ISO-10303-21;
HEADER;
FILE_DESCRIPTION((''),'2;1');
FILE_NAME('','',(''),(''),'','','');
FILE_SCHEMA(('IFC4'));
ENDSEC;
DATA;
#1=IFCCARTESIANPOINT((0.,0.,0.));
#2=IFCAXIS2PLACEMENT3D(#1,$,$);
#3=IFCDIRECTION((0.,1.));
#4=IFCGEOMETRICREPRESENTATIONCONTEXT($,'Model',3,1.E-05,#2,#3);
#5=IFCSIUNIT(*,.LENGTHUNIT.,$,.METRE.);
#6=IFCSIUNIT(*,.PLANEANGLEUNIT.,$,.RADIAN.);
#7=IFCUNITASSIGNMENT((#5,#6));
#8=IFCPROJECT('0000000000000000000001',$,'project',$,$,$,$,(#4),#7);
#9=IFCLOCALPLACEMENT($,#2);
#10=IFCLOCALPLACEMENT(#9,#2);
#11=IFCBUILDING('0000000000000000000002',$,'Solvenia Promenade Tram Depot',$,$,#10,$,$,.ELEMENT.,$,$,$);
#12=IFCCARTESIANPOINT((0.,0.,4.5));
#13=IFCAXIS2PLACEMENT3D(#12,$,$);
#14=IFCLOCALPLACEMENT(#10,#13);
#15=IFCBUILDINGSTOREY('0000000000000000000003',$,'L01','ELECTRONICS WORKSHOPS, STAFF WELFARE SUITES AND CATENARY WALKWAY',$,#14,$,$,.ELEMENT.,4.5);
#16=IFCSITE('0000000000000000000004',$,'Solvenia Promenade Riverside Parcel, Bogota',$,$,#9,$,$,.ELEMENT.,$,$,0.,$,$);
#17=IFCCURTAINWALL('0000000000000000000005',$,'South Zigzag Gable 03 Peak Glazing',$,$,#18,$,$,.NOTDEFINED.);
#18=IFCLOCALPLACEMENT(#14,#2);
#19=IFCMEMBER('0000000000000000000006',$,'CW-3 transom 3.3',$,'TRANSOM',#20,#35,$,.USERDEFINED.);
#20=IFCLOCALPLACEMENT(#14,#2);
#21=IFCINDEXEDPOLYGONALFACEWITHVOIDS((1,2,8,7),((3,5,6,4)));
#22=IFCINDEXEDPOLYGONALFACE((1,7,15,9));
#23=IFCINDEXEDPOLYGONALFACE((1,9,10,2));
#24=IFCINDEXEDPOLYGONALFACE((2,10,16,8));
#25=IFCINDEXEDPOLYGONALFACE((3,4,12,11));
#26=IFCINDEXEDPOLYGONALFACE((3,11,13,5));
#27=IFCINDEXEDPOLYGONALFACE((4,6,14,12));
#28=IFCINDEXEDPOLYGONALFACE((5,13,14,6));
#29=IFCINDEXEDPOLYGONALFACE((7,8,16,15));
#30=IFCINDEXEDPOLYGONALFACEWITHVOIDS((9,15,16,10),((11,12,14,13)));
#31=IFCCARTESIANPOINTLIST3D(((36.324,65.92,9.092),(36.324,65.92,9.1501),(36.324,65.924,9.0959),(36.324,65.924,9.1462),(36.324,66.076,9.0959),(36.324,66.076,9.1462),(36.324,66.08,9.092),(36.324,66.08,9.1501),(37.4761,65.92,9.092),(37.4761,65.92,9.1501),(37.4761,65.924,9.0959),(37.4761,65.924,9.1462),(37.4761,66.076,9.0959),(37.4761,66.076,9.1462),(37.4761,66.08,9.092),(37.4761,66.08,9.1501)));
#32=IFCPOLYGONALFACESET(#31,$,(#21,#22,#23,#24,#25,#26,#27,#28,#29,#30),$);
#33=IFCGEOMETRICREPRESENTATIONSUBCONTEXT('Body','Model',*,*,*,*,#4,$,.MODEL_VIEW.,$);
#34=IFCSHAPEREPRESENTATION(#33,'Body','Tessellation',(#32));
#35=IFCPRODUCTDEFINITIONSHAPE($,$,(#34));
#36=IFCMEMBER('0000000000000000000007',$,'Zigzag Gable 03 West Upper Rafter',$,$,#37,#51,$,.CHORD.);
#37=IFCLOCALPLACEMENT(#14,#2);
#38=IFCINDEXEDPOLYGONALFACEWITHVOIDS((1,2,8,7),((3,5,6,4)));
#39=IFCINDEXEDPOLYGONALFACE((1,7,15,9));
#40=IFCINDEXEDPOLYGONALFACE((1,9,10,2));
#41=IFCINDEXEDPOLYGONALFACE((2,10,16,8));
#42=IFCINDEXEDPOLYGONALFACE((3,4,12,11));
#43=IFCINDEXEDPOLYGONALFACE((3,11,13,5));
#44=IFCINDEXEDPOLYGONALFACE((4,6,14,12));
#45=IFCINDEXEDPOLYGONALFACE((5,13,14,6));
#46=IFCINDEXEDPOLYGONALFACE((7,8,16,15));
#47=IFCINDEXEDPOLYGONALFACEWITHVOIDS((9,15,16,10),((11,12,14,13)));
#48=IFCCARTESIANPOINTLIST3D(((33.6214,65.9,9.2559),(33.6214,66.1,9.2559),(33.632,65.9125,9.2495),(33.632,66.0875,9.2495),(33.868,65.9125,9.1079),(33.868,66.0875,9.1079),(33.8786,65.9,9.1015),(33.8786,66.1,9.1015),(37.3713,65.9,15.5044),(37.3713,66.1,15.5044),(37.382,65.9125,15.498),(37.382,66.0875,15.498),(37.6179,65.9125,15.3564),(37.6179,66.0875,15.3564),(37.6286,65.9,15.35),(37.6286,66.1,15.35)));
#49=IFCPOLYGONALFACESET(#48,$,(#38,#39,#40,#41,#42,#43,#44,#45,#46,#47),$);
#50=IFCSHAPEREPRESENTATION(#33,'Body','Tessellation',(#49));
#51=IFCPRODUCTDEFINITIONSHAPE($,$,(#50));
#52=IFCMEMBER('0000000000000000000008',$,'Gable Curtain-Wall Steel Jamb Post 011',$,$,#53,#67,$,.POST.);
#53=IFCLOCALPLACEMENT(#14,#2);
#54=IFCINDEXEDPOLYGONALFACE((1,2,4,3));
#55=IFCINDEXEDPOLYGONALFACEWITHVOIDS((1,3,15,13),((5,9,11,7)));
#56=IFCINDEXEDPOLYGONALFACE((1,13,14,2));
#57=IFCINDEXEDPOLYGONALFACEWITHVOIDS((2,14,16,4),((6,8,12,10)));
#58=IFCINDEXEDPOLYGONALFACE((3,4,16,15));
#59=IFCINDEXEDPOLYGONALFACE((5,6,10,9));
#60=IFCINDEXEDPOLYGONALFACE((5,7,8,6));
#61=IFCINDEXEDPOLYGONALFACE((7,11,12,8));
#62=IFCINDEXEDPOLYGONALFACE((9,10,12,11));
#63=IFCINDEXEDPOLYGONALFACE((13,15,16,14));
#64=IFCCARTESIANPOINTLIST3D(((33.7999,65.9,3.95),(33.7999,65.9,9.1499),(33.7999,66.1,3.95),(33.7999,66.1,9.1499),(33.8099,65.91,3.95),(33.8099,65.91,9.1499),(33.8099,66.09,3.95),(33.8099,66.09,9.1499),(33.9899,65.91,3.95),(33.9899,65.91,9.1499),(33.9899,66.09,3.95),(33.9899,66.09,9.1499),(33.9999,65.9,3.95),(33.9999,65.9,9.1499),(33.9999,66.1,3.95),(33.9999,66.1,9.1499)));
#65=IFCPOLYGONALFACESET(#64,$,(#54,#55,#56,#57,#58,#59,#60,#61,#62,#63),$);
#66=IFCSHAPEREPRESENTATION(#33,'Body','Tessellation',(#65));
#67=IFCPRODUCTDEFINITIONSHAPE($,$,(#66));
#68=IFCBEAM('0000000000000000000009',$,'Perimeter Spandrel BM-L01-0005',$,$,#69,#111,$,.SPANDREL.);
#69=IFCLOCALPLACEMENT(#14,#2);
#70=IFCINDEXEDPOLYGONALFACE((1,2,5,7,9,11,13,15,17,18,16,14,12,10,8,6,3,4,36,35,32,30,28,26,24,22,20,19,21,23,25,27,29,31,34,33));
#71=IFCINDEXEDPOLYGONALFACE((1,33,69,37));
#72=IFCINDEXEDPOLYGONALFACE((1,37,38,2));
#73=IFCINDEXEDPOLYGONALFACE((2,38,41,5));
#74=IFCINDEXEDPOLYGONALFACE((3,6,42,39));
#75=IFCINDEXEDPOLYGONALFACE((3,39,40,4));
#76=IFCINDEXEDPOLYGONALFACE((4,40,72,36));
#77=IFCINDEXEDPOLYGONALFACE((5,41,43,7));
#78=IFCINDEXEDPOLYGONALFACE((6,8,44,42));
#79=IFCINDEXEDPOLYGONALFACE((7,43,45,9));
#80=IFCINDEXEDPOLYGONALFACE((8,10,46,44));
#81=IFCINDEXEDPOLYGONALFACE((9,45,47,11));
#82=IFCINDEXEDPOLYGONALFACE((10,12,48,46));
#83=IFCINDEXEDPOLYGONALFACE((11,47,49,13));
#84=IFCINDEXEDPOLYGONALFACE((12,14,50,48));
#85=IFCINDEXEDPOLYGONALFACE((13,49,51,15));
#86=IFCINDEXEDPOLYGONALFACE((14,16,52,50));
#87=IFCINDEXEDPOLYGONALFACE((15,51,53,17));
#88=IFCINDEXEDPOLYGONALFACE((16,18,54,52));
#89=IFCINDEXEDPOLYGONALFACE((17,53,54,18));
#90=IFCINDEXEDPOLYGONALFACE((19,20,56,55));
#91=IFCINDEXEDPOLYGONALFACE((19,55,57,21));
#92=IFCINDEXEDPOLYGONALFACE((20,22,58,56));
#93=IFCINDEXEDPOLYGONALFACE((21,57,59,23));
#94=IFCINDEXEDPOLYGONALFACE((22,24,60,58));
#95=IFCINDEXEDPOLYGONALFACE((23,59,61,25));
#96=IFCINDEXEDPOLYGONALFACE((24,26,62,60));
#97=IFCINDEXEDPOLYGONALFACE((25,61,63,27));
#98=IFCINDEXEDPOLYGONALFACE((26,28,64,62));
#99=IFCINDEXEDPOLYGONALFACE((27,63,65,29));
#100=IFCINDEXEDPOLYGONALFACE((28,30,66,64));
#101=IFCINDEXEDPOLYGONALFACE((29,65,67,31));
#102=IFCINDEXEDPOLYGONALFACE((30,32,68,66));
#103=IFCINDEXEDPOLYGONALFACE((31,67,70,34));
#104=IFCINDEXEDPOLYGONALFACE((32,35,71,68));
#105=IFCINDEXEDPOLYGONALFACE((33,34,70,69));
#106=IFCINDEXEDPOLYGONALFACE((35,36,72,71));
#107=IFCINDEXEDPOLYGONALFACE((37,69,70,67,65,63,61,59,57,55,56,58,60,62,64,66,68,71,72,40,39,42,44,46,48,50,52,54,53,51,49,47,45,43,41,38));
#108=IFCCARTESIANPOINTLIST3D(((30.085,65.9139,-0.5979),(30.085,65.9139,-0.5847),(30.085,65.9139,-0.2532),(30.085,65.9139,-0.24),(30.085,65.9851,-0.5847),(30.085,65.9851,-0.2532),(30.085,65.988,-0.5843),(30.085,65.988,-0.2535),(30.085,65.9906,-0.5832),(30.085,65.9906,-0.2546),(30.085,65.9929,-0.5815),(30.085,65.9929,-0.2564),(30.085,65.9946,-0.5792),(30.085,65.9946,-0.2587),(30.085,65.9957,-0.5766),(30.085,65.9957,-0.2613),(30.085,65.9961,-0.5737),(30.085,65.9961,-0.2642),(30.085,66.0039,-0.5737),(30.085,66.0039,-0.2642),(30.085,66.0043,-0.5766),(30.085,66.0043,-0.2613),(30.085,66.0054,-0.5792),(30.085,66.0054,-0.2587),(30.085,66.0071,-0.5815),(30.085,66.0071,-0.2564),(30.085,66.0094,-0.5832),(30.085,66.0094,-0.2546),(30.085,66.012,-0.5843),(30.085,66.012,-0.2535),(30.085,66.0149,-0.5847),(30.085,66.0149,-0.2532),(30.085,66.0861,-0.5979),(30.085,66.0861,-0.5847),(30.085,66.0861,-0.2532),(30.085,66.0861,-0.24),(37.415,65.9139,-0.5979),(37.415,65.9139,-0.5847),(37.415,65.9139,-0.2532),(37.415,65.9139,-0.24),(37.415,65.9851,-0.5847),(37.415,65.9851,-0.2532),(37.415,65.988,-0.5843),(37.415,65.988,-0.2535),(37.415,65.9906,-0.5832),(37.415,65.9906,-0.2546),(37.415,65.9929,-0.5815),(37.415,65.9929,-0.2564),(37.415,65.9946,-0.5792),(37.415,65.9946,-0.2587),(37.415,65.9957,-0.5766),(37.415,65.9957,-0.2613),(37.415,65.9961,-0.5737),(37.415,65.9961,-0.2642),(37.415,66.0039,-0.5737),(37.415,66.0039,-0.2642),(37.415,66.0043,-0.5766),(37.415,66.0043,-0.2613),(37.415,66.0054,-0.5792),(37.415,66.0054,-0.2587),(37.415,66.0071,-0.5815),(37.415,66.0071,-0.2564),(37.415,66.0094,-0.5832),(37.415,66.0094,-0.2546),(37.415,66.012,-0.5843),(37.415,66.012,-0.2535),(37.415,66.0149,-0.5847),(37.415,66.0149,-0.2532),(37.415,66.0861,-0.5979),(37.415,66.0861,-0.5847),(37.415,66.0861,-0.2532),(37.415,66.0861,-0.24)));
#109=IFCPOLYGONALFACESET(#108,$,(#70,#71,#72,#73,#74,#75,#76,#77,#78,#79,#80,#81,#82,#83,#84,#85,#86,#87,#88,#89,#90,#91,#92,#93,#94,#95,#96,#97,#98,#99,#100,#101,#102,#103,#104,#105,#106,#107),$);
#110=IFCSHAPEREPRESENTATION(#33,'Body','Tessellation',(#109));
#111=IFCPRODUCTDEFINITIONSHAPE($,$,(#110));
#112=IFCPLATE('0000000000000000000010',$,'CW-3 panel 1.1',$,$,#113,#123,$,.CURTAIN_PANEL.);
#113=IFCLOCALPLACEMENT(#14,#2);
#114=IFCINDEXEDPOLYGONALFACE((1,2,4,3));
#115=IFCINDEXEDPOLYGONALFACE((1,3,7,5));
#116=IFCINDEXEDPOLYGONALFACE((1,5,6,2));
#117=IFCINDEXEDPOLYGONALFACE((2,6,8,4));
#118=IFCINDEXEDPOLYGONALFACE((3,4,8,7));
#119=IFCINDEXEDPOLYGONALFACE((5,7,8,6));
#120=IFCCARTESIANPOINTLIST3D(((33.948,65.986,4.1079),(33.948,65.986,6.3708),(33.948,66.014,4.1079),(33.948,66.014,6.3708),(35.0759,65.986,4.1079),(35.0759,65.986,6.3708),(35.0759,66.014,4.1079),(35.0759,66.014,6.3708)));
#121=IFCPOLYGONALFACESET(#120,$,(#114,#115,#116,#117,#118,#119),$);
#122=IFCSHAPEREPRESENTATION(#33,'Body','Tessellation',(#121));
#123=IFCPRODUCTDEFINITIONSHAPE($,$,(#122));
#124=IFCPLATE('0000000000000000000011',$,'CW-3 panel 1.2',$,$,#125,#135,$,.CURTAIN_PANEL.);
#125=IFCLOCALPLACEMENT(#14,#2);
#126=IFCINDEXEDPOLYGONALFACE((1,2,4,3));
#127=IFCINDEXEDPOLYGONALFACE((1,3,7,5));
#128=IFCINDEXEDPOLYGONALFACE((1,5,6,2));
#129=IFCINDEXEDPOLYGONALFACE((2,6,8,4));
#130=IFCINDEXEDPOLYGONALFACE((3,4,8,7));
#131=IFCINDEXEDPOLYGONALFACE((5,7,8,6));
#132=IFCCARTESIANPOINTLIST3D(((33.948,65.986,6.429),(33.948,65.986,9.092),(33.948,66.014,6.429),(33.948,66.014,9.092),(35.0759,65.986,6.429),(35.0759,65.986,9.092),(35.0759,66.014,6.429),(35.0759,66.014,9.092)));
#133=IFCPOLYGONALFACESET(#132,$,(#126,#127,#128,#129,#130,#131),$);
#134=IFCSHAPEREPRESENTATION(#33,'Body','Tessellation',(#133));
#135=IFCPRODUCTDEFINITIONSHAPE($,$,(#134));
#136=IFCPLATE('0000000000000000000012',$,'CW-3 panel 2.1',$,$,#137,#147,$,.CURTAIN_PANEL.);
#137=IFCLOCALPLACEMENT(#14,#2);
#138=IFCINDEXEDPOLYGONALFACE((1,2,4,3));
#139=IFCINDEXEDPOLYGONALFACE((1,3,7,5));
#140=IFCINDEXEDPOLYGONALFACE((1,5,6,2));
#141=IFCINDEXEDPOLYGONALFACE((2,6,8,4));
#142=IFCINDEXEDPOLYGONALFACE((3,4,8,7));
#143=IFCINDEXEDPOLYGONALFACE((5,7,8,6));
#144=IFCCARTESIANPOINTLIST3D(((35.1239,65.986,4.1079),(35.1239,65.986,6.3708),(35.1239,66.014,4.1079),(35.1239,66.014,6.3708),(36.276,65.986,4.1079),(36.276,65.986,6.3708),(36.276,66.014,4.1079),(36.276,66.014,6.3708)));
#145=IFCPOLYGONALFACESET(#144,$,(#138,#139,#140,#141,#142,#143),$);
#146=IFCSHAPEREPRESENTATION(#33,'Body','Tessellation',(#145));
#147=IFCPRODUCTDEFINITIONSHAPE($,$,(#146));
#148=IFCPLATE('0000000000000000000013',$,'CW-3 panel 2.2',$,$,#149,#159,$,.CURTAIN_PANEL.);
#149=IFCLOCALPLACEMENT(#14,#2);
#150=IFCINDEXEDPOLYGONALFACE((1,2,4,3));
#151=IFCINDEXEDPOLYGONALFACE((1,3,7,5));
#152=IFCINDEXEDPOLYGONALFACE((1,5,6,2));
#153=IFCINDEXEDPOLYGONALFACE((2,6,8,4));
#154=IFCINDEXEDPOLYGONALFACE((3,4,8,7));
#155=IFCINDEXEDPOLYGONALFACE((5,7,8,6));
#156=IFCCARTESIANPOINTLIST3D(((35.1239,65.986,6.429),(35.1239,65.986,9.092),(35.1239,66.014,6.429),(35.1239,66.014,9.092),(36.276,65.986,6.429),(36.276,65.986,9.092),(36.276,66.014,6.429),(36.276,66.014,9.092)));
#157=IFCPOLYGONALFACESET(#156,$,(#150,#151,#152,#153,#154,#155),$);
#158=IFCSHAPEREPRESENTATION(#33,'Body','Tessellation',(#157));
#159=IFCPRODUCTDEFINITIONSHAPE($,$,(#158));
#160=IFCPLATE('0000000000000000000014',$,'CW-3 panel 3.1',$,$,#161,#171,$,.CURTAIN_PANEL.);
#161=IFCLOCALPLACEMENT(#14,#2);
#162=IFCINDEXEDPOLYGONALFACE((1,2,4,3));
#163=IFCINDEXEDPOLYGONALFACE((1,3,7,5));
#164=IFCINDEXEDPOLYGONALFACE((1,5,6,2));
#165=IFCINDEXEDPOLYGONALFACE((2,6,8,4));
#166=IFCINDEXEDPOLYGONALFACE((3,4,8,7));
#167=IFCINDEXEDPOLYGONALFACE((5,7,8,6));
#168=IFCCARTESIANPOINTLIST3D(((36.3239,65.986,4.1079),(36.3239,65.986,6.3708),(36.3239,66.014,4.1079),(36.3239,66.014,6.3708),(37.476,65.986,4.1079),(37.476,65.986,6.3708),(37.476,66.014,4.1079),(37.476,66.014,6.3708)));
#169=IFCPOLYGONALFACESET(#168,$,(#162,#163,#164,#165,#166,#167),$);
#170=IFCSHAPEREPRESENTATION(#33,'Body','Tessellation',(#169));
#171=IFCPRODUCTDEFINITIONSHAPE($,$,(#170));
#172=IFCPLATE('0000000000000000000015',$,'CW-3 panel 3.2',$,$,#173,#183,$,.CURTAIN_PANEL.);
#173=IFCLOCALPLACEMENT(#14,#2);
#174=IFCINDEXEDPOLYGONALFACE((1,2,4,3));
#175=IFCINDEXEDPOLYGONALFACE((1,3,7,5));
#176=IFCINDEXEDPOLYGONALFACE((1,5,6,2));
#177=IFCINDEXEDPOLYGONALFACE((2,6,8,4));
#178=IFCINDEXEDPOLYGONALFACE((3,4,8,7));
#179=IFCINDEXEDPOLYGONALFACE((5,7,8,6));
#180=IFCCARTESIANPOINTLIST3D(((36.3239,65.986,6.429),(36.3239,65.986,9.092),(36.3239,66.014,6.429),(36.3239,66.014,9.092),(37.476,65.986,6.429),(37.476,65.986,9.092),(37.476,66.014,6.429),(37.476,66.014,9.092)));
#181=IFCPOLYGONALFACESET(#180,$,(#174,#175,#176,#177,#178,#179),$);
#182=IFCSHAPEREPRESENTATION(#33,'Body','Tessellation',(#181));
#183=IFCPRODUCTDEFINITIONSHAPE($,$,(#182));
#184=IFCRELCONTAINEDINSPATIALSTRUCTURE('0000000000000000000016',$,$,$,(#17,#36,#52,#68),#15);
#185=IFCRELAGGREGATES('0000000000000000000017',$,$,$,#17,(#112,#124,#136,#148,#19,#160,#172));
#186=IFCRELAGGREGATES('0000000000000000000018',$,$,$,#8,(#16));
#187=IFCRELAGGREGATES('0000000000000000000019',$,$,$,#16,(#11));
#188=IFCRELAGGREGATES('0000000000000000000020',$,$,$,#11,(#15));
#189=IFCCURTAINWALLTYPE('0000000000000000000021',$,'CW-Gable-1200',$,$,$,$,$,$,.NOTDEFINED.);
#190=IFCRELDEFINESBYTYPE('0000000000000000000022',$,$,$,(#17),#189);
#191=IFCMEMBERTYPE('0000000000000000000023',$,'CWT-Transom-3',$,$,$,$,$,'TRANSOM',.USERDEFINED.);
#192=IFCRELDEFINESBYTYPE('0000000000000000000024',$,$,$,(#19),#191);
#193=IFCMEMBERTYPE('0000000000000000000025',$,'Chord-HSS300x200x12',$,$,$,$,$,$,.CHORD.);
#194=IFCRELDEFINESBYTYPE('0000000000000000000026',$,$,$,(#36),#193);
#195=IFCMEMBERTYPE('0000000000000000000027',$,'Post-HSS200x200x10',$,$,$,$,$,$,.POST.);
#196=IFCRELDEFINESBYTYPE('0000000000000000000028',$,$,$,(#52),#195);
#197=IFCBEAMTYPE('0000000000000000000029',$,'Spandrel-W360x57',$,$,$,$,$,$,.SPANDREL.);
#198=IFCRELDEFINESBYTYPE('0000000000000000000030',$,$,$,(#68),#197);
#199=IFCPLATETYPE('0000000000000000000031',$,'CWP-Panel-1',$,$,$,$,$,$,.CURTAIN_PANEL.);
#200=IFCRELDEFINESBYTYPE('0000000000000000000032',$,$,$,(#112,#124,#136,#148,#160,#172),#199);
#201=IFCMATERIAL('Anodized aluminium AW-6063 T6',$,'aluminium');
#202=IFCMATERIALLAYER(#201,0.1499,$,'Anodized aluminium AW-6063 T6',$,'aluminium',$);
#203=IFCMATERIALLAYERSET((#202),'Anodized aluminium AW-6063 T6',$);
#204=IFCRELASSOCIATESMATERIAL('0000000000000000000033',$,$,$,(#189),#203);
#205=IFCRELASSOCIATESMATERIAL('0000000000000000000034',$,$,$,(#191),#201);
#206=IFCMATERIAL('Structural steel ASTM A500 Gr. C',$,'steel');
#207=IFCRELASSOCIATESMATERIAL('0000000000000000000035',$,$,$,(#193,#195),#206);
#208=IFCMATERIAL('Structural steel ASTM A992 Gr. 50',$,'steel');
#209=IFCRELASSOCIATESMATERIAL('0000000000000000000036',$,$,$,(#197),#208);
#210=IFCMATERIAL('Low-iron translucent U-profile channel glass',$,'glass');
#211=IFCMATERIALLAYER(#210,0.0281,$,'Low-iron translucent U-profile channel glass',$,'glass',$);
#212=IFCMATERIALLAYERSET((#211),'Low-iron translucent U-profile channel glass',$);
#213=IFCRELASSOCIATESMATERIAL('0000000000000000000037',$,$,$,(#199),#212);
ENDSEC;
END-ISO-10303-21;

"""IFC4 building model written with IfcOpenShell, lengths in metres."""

from ifc_helpers import new_model, si_unit, direction, frame, origin, origin_2d, place, context, subcontext, project, spatial, rectangle, hollow_rectangle, i_section, extrude, material, layer, layer_set, material_profile, profile_set, type_object, element, aggregate, save


model = new_model("IFC4")

# Units and contexts
model_context = context("Model", 3, precision=1e-05, world=origin(), true_north=direction((0.0, 1.0)))
body_context = subcontext(model_context, "Body", "Model", "MODEL_VIEW")
ifc_project = project(units=[si_unit("LENGTHUNIT", "METRE"), si_unit("PLANEANGLEUNIT", "RADIAN")], contexts=[model_context])

# Site, building, storey
site_placement = place(None, origin())
site = spatial("IfcSite", under=ifc_project, at=site_placement, Name="Solvenia Promenade Riverside Parcel, Bogota", CompositionType="ELEMENT", RefElevation=0.0)
building_placement = place(site_placement, origin())
building = spatial("IfcBuilding", under=site, at=building_placement, Name="Solvenia Promenade Tram Depot", CompositionType="ELEMENT")
storey_placement = place(building_placement, frame((0.0, 0.0, 4.5)))
storey = spatial("IfcBuildingStorey", under=building, at=storey_placement, Name="L01", Description="ELECTRONICS WORKSHOPS, STAFF WELFARE SUITES AND CATENARY WALKWAY", CompositionType="ELEMENT", Elevation=4.5)

# Curtain wall, member
ifc_material_1 = material(Name="Anodized aluminium AW-6063 T6", Category="aluminium")
ifc_layer_1 = layer(ifc_material_1, 0.1499, Name="Anodized aluminium AW-6063 T6", Category="aluminium")
ifc_layer_set_1 = layer_set([ifc_layer_1], Name="Anodized aluminium AW-6063 T6")
curtain_wall_type = type_object("IfcCurtainWallType", Name="CW-Gable-1200", PredefinedType="NOTDEFINED", material=ifc_layer_set_1)
curtain_wall_placement = place(storey_placement, origin())
curtain_wall = element("IfcCurtainWall", 1, at=curtain_wall_placement, inside=storey, type_object=curtain_wall_type, Name="South Zigzag Gable 03 Peak Glazing", PredefinedType="NOTDEFINED")
ifc_material_profile_1 = material_profile(ifc_material_1, hollow_rectangle(XDim=0.1599, YDim=0.0581, WallThickness=0.0039, at=origin_2d()), Name="ALU-T3", Category="aluminium")
ifc_profile_set_1 = profile_set([ifc_material_profile_1], Name="Anodized aluminium AW-6063 T6")
member_type_1 = type_object("IfcMemberType", Name="CWT-Transom-3", ElementType="TRANSOM", PredefinedType="USERDEFINED", material=ifc_profile_set_1)
member_1_placement = place(storey_placement, frame((36.324, 66.0, 9.1211), z_axis=(1.0, 0.0, 0.0), x_axis=(0.0, 1.0, 0.0)))
member_1 = element("IfcMember", 2, at=member_1_placement, type_object=member_type_1, Name="CW-3 transom 3.3", ObjectType="TRANSOM", PredefinedType="USERDEFINED", context=body_context, shape_type="SweptSolid", body=[
    extrude(hollow_rectangle(XDim=0.1599, YDim=0.0581, WallThickness=0.0039, at=origin_2d()), origin(), (0.0, 0.0, 1.0), 1.1521),
])

# Members
ifc_material_2 = material(Name="Structural steel ASTM A500 Gr. C", Category="steel")
ifc_material_profile_2 = material_profile(ifc_material_2, hollow_rectangle(XDim=0.2, YDim=0.3, WallThickness=0.0125, at=origin_2d()), Name="HSS300x200x12.5", Category="steel")
ifc_profile_set_2 = profile_set([ifc_material_profile_2], Name="Structural steel ASTM A500 Gr. C")
member_type_2 = type_object("IfcMemberType", Name="Chord-HSS300x200x12", PredefinedType="CHORD", material=ifc_profile_set_2)
member_2_placement = place(storey_placement, frame((33.75, 66.0, 9.1787), z_axis=(0.514584, 0.0, 0.85744), x_axis=(0.0, 1.0, 0.0)))
element("IfcMember", 3, at=member_2_placement, inside=storey, type_object=member_type_2, Name="Zigzag Gable 03 West Upper Rafter", PredefinedType="CHORD", context=body_context, shape_type="SweptSolid", body=[
    extrude(hollow_rectangle(XDim=0.2, YDim=0.3, WallThickness=0.0125, at=origin_2d()), origin(), (0.0, 0.0, 1.0), 7.2874),
])
ifc_material_profile_3 = material_profile(ifc_material_2, hollow_rectangle(XDim=0.2, YDim=0.2, WallThickness=0.01, at=origin_2d()), Name="HSS200x200x10", Category="steel")
ifc_profile_set_3 = profile_set([ifc_material_profile_3], Name="Structural steel ASTM A500 Gr. C")
member_type_3 = type_object("IfcMemberType", Name="Post-HSS200x200x10", PredefinedType="POST", material=ifc_profile_set_3)
member_3_placement = place(storey_placement, frame((33.8999, 66.0, 3.95), z_axis=(0.0, 0.0, 1.0), x_axis=(1.0, 0.0, 0.0)))
element("IfcMember", 4, at=member_3_placement, inside=storey, type_object=member_type_3, Name="Gable Curtain-Wall Steel Jamb Post 011", PredefinedType="POST", context=body_context, shape_type="SweptSolid", body=[
    extrude(hollow_rectangle(XDim=0.2, YDim=0.2, WallThickness=0.01, at=origin_2d()), origin(), (0.0, 0.0, 1.0), 5.2),
])

# Beam
ifc_material_3 = material(Name="Structural steel ASTM A992 Gr. 50", Category="steel")
ifc_material_profile_4 = material_profile(ifc_material_3, i_section(OverallWidth=0.1721, OverallDepth=0.3579, WebThickness=0.0078, FlangeThickness=0.0132, FilletRadius=0.011, at=origin_2d()), Name="W360x57", Category="steel")
ifc_profile_set_4 = profile_set([ifc_material_profile_4], Name="Structural steel ASTM A992 Gr. 50")
beam_type = type_object("IfcBeamType", Name="Spandrel-W360x57", PredefinedType="SPANDREL", material=ifc_profile_set_4)
beam_placement = place(storey_placement, frame((30.085, 66.0, -0.4189), z_axis=(1.0, 0.0, 0.0), x_axis=(0.0, 1.0, 0.0)))
element("IfcBeam", 5, at=beam_placement, inside=storey, type_object=beam_type, Name="Perimeter Spandrel BM-L01-0005", PredefinedType="SPANDREL", context=body_context, shape_type="SweptSolid", body=[
    extrude(i_section(OverallWidth=0.1721, OverallDepth=0.3579, WebThickness=0.0078, FlangeThickness=0.0132, FilletRadius=0.011, at=origin_2d()), origin(), (0.0, 0.0, 1.0), 7.3301),
])

# Plates
ifc_material_4 = material(Name="Low-iron translucent U-profile channel glass", Category="glass")
ifc_layer_2 = layer(ifc_material_4, 0.0281, Name="Low-iron translucent U-profile channel glass", Category="glass")
ifc_layer_set_2 = layer_set([ifc_layer_2], Name="Low-iron translucent U-profile channel glass")
plate_type_1 = type_object("IfcPlateType", Name="CWP-Panel-1", PredefinedType="CURTAIN_PANEL", material=ifc_layer_set_2)
plate_1_placement = place(storey_placement, frame((34.512, 66.0, 4.1079), z_axis=(0.0, 0.0, 1.0), x_axis=(1.0, 0.0, 0.0)))
plate_1 = element("IfcPlate", 6, at=plate_1_placement, type_object=plate_type_1, Name="CW-3 panel 1.1", PredefinedType="CURTAIN_PANEL", context=body_context, shape_type="SweptSolid", body=[
    extrude(rectangle(XDim=1.1279, YDim=0.0281, at=origin_2d()), origin(), (0.0, 0.0, 1.0), 2.2629),
])
plate_2_placement = place(storey_placement, frame((34.512, 66.0, 6.429), z_axis=(0.0, 0.0, 1.0), x_axis=(1.0, 0.0, 0.0)))
plate_2 = element("IfcPlate", 7, at=plate_2_placement, type_object=plate_type_1, Name="CW-3 panel 1.2", PredefinedType="CURTAIN_PANEL", context=body_context, shape_type="SweptSolid", body=[
    extrude(rectangle(XDim=1.1279, YDim=0.0281, at=origin_2d()), origin(), (0.0, 0.0, 1.0), 2.6631),
])
plate_3_placement = place(storey_placement, frame((35.7, 66.0, 4.1079), z_axis=(0.0, 0.0, 1.0), x_axis=(1.0, 0.0, 0.0)))
plate_3 = element("IfcPlate", 8, at=plate_3_placement, type_object=plate_type_1, Name="CW-3 panel 2.1", PredefinedType="CURTAIN_PANEL", context=body_context, shape_type="SweptSolid", body=[
    extrude(rectangle(XDim=1.1521, YDim=0.0281, at=origin_2d()), origin(), (0.0, 0.0, 1.0), 2.2629),
])
plate_4_placement = place(storey_placement, frame((35.7, 66.0, 6.429), z_axis=(0.0, 0.0, 1.0), x_axis=(1.0, 0.0, 0.0)))
plate_4 = element("IfcPlate", 9, at=plate_4_placement, type_object=plate_type_1, Name="CW-3 panel 2.2", PredefinedType="CURTAIN_PANEL", context=body_context, shape_type="SweptSolid", body=[
    extrude(rectangle(XDim=1.1521, YDim=0.0281, at=origin_2d()), origin(), (0.0, 0.0, 1.0), 2.6631),
])
plate_5_placement = place(storey_placement, frame((36.8999, 66.0, 4.1079), z_axis=(0.0, 0.0, 1.0), x_axis=(1.0, 0.0, 0.0)))
plate_5 = element("IfcPlate", 10, at=plate_5_placement, type_object=plate_type_1, Name="CW-3 panel 3.1", PredefinedType="CURTAIN_PANEL", context=body_context, shape_type="SweptSolid", body=[
    extrude(rectangle(XDim=1.1521, YDim=0.0281, at=origin_2d()), origin(), (0.0, 0.0, 1.0), 2.2629),
])
plate_6_placement = place(storey_placement, frame((36.8999, 66.0, 6.429), z_axis=(0.0, 0.0, 1.0), x_axis=(1.0, 0.0, 0.0)))
plate_6 = element("IfcPlate", 11, at=plate_6_placement, type_object=plate_type_1, Name="CW-3 panel 3.2", PredefinedType="CURTAIN_PANEL", context=body_context, shape_type="SweptSolid", body=[
    extrude(rectangle(XDim=1.1521, YDim=0.0281, at=origin_2d()), origin(), (0.0, 0.0, 1.0), 2.6631),
])
aggregate(curtain_wall, [plate_1, plate_2, plate_3, plate_4, member_1, plate_5, plate_6])

save(model, "model.ifc")
